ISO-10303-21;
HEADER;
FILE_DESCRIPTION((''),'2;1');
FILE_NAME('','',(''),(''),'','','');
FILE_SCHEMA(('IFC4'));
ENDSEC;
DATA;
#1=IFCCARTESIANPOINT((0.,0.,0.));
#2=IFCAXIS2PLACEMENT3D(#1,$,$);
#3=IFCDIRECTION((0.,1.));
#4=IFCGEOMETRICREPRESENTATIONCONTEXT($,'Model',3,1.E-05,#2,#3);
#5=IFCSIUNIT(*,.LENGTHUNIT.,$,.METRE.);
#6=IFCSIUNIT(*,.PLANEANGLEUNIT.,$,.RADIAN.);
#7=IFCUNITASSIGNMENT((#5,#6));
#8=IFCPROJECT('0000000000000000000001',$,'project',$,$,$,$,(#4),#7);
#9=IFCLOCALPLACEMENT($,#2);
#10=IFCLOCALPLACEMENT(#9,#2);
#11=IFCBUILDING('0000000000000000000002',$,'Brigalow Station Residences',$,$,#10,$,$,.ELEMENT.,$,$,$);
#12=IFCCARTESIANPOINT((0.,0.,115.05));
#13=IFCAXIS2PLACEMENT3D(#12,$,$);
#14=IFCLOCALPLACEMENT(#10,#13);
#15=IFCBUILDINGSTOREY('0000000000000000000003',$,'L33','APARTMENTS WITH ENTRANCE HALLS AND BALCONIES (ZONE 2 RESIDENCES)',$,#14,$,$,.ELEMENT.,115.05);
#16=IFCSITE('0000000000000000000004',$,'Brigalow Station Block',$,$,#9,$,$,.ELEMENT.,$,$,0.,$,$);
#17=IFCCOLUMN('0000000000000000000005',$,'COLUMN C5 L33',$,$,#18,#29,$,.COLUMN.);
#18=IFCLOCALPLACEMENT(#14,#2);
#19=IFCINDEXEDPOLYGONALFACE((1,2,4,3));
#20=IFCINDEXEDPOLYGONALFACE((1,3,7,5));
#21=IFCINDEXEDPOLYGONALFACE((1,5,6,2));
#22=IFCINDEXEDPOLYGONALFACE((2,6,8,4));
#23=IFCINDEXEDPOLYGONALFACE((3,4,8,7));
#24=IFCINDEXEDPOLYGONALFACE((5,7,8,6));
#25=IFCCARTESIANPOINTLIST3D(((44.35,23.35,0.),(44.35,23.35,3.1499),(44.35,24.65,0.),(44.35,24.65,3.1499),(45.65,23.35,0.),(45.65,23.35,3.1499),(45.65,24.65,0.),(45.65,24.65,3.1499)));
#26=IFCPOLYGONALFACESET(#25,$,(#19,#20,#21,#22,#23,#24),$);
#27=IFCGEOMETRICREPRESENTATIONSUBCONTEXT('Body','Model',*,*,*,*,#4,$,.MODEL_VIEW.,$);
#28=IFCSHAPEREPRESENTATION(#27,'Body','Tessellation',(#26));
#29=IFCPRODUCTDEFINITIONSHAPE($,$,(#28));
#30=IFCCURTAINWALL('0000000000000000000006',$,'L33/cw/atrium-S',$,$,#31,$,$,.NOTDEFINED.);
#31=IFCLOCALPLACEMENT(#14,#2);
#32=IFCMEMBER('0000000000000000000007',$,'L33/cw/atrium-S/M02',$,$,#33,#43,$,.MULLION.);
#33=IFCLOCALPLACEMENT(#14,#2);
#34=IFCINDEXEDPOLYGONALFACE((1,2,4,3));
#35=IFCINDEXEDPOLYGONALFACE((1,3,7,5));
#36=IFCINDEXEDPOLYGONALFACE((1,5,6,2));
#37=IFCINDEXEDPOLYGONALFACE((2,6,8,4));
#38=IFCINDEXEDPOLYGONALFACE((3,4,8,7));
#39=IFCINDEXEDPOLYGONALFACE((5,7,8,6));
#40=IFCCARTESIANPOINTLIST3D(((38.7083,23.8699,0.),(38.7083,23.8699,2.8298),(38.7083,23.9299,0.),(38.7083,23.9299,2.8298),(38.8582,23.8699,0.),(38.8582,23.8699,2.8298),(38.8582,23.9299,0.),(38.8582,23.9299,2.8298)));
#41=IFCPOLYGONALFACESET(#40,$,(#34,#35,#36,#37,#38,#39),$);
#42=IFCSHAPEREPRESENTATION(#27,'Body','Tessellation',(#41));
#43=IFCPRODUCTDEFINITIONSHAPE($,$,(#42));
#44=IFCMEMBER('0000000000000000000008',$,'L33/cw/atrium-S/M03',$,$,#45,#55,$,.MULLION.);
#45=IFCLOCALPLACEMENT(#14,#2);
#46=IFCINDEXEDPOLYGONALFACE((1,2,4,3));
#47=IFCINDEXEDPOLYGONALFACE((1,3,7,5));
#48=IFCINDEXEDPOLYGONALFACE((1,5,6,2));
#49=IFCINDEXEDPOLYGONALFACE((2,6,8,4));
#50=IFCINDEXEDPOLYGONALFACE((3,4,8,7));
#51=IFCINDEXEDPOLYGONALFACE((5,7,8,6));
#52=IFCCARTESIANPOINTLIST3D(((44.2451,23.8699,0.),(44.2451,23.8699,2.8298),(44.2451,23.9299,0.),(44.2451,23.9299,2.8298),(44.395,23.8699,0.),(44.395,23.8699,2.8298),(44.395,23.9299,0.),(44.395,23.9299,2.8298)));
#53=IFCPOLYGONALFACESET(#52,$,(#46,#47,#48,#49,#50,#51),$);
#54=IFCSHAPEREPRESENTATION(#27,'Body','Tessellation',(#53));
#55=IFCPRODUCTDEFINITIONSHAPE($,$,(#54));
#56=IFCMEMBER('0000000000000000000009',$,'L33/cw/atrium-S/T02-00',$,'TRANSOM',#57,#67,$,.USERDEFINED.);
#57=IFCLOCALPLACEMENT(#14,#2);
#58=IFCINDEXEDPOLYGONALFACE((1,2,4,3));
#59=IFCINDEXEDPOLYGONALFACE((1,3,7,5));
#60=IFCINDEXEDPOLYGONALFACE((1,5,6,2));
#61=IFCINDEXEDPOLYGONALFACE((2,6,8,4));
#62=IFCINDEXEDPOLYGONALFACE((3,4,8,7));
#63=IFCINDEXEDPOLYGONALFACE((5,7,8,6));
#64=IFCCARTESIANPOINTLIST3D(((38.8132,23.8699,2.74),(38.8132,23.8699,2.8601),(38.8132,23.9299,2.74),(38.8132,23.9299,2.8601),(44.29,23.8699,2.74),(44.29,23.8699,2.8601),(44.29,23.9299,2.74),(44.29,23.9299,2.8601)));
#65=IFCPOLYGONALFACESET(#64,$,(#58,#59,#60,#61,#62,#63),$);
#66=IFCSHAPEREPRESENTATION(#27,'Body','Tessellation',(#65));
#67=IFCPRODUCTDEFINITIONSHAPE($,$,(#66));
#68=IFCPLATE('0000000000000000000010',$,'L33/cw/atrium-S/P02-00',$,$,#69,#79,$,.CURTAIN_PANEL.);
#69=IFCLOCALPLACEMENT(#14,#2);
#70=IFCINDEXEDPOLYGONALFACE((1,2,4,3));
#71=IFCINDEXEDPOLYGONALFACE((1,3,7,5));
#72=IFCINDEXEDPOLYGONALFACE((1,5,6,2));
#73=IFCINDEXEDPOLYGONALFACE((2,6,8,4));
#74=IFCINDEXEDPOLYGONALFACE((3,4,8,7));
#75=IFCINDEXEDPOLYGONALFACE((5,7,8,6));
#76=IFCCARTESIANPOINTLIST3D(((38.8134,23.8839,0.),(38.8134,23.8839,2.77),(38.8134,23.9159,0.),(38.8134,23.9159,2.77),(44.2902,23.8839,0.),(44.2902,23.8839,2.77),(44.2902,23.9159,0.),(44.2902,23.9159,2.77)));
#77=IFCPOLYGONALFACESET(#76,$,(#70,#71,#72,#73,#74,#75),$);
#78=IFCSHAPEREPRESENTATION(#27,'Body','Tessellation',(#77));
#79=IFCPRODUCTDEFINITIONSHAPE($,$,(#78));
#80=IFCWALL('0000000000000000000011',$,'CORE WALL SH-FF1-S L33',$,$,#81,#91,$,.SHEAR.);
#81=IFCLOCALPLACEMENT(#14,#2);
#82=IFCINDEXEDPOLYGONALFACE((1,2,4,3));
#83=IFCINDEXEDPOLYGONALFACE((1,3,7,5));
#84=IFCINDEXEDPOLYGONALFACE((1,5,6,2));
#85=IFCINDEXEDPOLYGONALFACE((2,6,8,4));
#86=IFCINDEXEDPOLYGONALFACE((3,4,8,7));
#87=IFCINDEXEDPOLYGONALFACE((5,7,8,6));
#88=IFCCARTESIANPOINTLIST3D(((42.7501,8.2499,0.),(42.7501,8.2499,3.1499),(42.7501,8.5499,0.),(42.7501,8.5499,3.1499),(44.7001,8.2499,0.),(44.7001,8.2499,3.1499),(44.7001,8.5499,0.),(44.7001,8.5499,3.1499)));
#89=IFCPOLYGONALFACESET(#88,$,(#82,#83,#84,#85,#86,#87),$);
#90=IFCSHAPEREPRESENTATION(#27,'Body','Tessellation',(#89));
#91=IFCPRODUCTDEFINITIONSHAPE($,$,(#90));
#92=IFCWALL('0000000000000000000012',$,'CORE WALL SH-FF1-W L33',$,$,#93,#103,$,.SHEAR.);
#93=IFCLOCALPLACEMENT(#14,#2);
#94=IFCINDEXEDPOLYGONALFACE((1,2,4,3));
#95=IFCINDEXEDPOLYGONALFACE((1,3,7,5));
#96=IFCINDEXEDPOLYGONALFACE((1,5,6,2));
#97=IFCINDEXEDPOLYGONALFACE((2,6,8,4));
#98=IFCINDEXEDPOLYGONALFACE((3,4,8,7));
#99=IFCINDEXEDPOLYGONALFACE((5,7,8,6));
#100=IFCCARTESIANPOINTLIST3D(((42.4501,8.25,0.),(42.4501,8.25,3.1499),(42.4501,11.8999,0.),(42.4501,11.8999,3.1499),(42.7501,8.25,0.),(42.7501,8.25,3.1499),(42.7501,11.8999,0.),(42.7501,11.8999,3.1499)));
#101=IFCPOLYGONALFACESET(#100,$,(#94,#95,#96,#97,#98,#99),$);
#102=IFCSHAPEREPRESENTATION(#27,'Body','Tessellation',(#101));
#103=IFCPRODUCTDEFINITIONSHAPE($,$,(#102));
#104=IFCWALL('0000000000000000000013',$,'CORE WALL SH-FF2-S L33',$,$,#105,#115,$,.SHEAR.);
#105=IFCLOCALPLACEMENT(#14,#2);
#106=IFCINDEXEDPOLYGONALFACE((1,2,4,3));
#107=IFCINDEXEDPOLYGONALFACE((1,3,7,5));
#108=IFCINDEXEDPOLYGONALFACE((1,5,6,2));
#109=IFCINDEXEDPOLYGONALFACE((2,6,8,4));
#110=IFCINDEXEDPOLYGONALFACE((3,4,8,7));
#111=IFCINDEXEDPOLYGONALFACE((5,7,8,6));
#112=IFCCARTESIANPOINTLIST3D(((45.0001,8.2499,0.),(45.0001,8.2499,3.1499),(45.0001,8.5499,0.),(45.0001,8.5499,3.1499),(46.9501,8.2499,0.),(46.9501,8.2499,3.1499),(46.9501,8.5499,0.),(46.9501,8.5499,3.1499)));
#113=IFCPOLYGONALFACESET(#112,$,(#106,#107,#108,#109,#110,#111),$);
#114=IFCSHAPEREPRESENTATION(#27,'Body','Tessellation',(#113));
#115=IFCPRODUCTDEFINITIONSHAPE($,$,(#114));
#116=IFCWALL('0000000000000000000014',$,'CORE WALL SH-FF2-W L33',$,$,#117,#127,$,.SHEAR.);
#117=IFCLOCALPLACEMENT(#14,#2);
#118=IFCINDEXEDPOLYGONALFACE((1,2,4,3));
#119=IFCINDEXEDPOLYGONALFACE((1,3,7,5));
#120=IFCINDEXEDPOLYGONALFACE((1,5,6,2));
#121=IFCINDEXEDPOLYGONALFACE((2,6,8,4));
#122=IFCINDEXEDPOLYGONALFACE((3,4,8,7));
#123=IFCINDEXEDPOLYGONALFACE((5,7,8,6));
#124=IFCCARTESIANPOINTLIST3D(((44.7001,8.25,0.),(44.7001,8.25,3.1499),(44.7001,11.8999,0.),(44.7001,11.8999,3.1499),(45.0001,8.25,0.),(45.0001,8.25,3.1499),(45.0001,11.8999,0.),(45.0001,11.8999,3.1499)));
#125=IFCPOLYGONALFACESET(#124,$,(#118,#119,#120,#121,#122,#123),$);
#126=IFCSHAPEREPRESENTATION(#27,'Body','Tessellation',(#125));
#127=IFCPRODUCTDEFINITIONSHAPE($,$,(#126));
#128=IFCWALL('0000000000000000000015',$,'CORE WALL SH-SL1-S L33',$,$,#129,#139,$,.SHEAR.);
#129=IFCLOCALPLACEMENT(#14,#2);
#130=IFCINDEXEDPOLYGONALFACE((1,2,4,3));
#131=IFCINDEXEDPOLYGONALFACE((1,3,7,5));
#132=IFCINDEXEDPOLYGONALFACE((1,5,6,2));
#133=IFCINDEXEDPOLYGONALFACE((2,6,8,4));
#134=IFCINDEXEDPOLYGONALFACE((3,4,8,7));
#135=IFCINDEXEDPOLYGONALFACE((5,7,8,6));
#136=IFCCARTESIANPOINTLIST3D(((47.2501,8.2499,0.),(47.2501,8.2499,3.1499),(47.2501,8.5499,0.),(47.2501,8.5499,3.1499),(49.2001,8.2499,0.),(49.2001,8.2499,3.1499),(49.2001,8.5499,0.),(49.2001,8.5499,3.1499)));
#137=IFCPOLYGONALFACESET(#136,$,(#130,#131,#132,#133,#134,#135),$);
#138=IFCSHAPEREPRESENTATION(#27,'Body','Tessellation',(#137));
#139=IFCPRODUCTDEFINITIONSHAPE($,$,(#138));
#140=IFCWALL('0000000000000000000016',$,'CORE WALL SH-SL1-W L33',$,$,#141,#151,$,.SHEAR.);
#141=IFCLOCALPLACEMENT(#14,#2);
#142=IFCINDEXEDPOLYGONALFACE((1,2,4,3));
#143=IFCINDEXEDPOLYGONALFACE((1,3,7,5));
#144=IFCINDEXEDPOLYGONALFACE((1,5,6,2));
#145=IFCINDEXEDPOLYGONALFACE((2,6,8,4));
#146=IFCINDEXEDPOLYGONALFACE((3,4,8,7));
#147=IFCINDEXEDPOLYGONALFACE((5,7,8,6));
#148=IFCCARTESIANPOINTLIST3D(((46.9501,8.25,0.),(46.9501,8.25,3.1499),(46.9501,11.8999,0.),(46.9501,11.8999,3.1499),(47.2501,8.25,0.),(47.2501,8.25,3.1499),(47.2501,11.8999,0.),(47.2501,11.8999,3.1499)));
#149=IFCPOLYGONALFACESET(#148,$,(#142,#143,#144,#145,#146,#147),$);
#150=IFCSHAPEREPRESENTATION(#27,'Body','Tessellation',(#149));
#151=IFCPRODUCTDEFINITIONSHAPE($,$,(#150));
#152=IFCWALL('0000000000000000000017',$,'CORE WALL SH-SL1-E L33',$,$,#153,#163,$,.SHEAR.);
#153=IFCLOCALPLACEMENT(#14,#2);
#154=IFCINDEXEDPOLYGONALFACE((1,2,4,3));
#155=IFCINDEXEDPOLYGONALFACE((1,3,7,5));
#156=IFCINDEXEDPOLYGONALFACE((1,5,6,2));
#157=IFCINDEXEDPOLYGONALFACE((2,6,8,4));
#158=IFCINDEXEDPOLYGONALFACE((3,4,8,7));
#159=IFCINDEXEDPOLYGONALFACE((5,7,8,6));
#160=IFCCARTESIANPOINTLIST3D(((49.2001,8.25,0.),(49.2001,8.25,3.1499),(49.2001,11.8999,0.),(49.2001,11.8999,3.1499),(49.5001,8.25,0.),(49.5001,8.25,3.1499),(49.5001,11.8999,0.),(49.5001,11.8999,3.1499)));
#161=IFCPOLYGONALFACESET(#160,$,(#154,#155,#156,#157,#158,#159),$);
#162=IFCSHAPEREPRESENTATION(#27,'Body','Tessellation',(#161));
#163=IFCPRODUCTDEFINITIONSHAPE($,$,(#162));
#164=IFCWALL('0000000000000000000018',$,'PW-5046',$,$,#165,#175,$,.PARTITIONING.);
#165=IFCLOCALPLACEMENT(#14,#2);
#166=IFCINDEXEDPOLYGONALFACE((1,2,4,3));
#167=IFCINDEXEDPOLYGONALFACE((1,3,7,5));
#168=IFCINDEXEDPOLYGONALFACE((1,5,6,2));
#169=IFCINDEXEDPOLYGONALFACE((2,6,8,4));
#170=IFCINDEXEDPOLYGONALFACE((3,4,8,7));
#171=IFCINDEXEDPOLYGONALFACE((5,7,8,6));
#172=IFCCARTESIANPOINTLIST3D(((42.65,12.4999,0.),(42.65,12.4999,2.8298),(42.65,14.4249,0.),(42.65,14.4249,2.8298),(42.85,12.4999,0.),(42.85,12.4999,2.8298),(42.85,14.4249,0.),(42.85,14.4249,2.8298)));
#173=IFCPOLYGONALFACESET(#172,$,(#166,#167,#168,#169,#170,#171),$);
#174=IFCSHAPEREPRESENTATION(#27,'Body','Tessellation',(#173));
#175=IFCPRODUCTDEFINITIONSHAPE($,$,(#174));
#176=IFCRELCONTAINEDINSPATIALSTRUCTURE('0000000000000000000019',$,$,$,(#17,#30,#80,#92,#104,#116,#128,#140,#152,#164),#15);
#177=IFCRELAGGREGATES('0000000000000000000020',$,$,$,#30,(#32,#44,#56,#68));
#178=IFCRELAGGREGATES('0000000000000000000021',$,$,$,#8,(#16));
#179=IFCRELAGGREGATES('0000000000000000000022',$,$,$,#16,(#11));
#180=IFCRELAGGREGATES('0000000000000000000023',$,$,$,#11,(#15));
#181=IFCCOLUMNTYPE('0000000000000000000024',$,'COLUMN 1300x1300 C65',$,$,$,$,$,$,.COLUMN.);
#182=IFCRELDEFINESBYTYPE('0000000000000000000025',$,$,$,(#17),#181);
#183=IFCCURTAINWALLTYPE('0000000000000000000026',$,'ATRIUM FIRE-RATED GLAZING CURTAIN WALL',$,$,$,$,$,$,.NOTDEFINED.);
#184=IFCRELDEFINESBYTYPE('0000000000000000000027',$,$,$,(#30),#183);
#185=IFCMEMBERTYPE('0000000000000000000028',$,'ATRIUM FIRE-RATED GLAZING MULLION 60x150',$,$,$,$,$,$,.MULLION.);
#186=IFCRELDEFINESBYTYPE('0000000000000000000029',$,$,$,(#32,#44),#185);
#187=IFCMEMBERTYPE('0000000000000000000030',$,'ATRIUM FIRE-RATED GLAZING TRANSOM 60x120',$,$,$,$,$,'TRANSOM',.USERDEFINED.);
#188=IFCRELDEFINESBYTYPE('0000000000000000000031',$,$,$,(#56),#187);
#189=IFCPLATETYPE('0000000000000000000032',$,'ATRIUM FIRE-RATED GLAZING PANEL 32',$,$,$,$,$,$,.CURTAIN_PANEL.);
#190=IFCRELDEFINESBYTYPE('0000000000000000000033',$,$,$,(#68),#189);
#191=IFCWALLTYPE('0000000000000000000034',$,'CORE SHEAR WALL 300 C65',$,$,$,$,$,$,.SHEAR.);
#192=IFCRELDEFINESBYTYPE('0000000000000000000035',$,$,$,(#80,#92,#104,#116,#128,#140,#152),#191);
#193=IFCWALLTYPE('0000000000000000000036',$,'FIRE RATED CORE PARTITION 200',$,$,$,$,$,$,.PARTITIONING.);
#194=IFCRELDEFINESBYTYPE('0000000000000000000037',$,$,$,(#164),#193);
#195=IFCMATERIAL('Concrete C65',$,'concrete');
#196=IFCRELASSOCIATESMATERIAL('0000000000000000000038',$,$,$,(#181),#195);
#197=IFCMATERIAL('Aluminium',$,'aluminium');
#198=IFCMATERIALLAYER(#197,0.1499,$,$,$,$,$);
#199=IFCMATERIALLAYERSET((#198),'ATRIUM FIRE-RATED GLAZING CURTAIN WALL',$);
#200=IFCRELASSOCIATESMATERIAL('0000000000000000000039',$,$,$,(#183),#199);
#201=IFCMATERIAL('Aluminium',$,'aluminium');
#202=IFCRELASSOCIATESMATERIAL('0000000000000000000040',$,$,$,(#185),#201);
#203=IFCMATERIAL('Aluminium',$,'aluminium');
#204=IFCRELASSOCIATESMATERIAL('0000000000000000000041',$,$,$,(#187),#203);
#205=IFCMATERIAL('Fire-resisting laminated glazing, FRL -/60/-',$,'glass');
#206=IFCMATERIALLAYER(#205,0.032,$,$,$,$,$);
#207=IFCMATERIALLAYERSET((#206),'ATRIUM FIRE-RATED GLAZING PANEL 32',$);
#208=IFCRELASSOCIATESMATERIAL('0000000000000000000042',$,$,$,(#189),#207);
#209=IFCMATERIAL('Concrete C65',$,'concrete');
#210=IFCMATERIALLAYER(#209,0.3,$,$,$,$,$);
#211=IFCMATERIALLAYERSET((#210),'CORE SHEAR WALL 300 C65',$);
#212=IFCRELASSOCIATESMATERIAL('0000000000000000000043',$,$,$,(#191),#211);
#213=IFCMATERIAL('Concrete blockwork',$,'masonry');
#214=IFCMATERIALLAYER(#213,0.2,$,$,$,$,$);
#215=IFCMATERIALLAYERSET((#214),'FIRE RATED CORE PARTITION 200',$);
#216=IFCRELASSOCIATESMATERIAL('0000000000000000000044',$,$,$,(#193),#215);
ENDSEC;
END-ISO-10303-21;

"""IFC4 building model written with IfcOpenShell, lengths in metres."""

from ifc_helpers import new_model, si_unit, direction, frame, frame_2d, origin, origin_2d, place, context, subcontext, project, spatial, rectangle, extrude, material, layer, layer_set, material_profile, profile_set, type_object, element, aggregate, save


model = new_model("IFC4")

# Units and contexts
model_context = context("Model", 3, precision=1e-05, world=origin(), true_north=direction((0.0, 1.0)))
body_context = subcontext(model_context, "Body", "Model", "MODEL_VIEW")
ifc_project = project(units=[si_unit("LENGTHUNIT", "METRE"), si_unit("PLANEANGLEUNIT", "RADIAN")], contexts=[model_context])

# Site, building, storey
site_placement = place(None, origin())
site = spatial("IfcSite", under=ifc_project, at=site_placement, Name="Brigalow Station Block", CompositionType="ELEMENT", RefElevation=0.0)
building_placement = place(site_placement, origin())
building = spatial("IfcBuilding", under=site, at=building_placement, Name="Brigalow Station Residences", CompositionType="ELEMENT")
storey_placement = place(building_placement, frame((0.0, 0.0, 115.05)))
storey = spatial("IfcBuildingStorey", under=building, at=storey_placement, Name="L33", Description="APARTMENTS WITH ENTRANCE HALLS AND BALCONIES (ZONE 2 RESIDENCES)", CompositionType="ELEMENT", Elevation=115.05)

# Column
ifc_material_1 = material(Name="Concrete C65", Category="concrete")
ifc_material_profile_1 = material_profile(ifc_material_1, rectangle(XDim=1.3, YDim=1.3, at=origin_2d()), Name="RC1300x1300")
ifc_profile_set_1 = profile_set([ifc_material_profile_1], Name="Concrete C65")
column_type = type_object("IfcColumnType", Name="COLUMN 1300x1300 C65", PredefinedType="COLUMN", material=ifc_profile_set_1)
column_placement = place(storey_placement, frame((45.0, 24.0, 0.0), z_axis=(0.0, 0.0, 1.0), x_axis=(1.0, 0.0, 0.0)))
element("IfcColumn", 1, at=column_placement, inside=storey, type_object=column_type, Name="COLUMN C5 L33", PredefinedType="COLUMN", context=body_context, shape_type="SweptSolid", body=[
    extrude(rectangle(XDim=1.3, YDim=1.3, at=origin_2d()), origin(), (0.0, 0.0, 1.0), 3.1499),
])

# Curtain wall, members, plate
ifc_material_2 = material(Name="Aluminium", Category="aluminium")
ifc_layer_1 = layer(ifc_material_2, 0.1499)
ifc_layer_set_1 = layer_set([ifc_layer_1], Name="ATRIUM FIRE-RATED GLAZING CURTAIN WALL")
curtain_wall_type = type_object("IfcCurtainWallType", Name="ATRIUM FIRE-RATED GLAZING CURTAIN WALL", PredefinedType="NOTDEFINED", material=ifc_layer_set_1)
curtain_wall_placement = place(storey_placement, origin())
curtain_wall = element("IfcCurtainWall", 2, at=curtain_wall_placement, inside=storey, type_object=curtain_wall_type, Name="L33/cw/atrium-S", PredefinedType="NOTDEFINED")
ifc_material_3 = material(Name="Aluminium", Category="aluminium")
ifc_material_profile_2 = material_profile(ifc_material_3, rectangle(XDim=0.0601, YDim=0.1499, at=origin_2d()), Name="ATRIUM FIRE-RATED GLAZING MULLION 60x150")
ifc_profile_set_2 = profile_set([ifc_material_profile_2], Name="Aluminium")
member_type_1 = type_object("IfcMemberType", Name="ATRIUM FIRE-RATED GLAZING MULLION 60x150", PredefinedType="MULLION", material=ifc_profile_set_2)
member_1_placement = place(storey_placement, frame((38.7832, 23.8999, 0.0), z_axis=(0.0, 0.0, 1.0), x_axis=(0.0, 1.0, 0.0)))
member_1 = element("IfcMember", 3, at=member_1_placement, type_object=member_type_1, Name="L33/cw/atrium-S/M02", PredefinedType="MULLION", context=body_context, shape_type="SweptSolid", body=[
    extrude(rectangle(XDim=0.0601, YDim=0.1499, at=origin_2d()), origin(), (0.0, 0.0, 1.0), 2.8298),
])
member_2_placement = place(storey_placement, frame((44.3201, 23.8999, 0.0), z_axis=(0.0, 0.0, 1.0), x_axis=(0.0, 1.0, 0.0)))
member_2 = element("IfcMember", 4, at=member_2_placement, type_object=member_type_1, Name="L33/cw/atrium-S/M03", PredefinedType="MULLION", context=body_context, shape_type="SweptSolid", body=[
    extrude(rectangle(XDim=0.0601, YDim=0.1499, at=origin_2d()), origin(), (0.0, 0.0, 1.0), 2.8298),
])
ifc_material_4 = material(Name="Aluminium", Category="aluminium")
ifc_material_profile_3 = material_profile(ifc_material_4, rectangle(XDim=0.0601, YDim=0.1201, at=origin_2d()), Name="ATRIUM FIRE-RATED GLAZING TRANSOM 60x120")
ifc_profile_set_3 = profile_set([ifc_material_profile_3], Name="Aluminium")
member_type_2 = type_object("IfcMemberType", Name="ATRIUM FIRE-RATED GLAZING TRANSOM 60x120", ElementType="TRANSOM", PredefinedType="USERDEFINED", material=ifc_profile_set_3)
member_3_placement = place(storey_placement, frame((38.8132, 23.8999, 2.8), z_axis=(1.0, 0.0, 0.0), x_axis=(0.0, 1.0, 0.0)))
member_3 = element("IfcMember", 5, at=member_3_placement, type_object=member_type_2, Name="L33/cw/atrium-S/T02-00", ObjectType="TRANSOM", PredefinedType="USERDEFINED", context=body_context, shape_type="SweptSolid", body=[
    extrude(rectangle(XDim=0.0601, YDim=0.1201, at=origin_2d()), origin(), (0.0, 0.0, 1.0), 5.4768),
])
ifc_material_5 = material(Name="Fire-resisting laminated glazing, FRL -/60/-", Category="glass")
ifc_layer_2 = layer(ifc_material_5, 0.032)
ifc_layer_set_2 = layer_set([ifc_layer_2], Name="ATRIUM FIRE-RATED GLAZING PANEL 32")
plate_type = type_object("IfcPlateType", Name="ATRIUM FIRE-RATED GLAZING PANEL 32", PredefinedType="CURTAIN_PANEL", material=ifc_layer_set_2)
plate_placement = place(storey_placement, frame((41.5518, 23.8999, 0.0), z_axis=(0.0, 0.0, 1.0), x_axis=(1.0, 0.0, 0.0)))
plate = element("IfcPlate", 6, at=plate_placement, type_object=plate_type, Name="L33/cw/atrium-S/P02-00", PredefinedType="CURTAIN_PANEL", context=body_context, shape_type="SweptSolid", body=[
    extrude(rectangle(XDim=5.4768, YDim=0.032, at=origin_2d()), origin(), (0.0, 0.0, 1.0), 2.77),
])
aggregate(curtain_wall, [member_1, member_2, member_3, plate])

# Walls
ifc_material_6 = material(Name="Concrete C65", Category="concrete")
ifc_layer_3 = layer(ifc_material_6, 0.3)
ifc_layer_set_3 = layer_set([ifc_layer_3], Name="CORE SHEAR WALL 300 C65")
wall_type_1 = type_object("IfcWallType", Name="CORE SHEAR WALL 300 C65", PredefinedType="SHEAR", material=ifc_layer_set_3)
wall_1_placement = place(storey_placement, frame((42.75, 8.3999, 0.0), z_axis=(0.0, 0.0, 1.0), x_axis=(1.0, 0.0, 0.0)))
element("IfcWall", 7, at=wall_1_placement, inside=storey, type_object=wall_type_1, Name="CORE WALL SH-FF1-S L33", PredefinedType="SHEAR", context=body_context, shape_type="SweptSolid", body=[
    extrude(rectangle(XDim=1.95, YDim=0.3, at=frame_2d((0.9751, 0.0))), origin(), (0.0, 0.0, 1.0), 3.1499),
])
wall_2_placement = place(storey_placement, frame((42.6001, 8.25, 0.0), z_axis=(0.0, 0.0, 1.0), x_axis=(0.0, 1.0, 0.0)))
element("IfcWall", 8, at=wall_2_placement, inside=storey, type_object=wall_type_1, Name="CORE WALL SH-FF1-W L33", PredefinedType="SHEAR", context=body_context, shape_type="SweptSolid", body=[
    extrude(rectangle(XDim=3.6499, YDim=0.3, at=frame_2d((1.825, 0.0))), origin(), (0.0, 0.0, 1.0), 3.1499),
])
wall_3_placement = place(storey_placement, frame((45.0, 8.3999, 0.0), z_axis=(0.0, 0.0, 1.0), x_axis=(1.0, 0.0, 0.0)))
element("IfcWall", 9, at=wall_3_placement, inside=storey, type_object=wall_type_1, Name="CORE WALL SH-FF2-S L33", PredefinedType="SHEAR", context=body_context, shape_type="SweptSolid", body=[
    extrude(rectangle(XDim=1.95, YDim=0.3, at=frame_2d((0.9751, 0.0))), origin(), (0.0, 0.0, 1.0), 3.1499),
])
wall_4_placement = place(storey_placement, frame((44.8501, 8.25, 0.0), z_axis=(0.0, 0.0, 1.0), x_axis=(0.0, 1.0, 0.0)))
element("IfcWall", 10, at=wall_4_placement, inside=storey, type_object=wall_type_1, Name="CORE WALL SH-FF2-W L33", PredefinedType="SHEAR", context=body_context, shape_type="SweptSolid", body=[
    extrude(rectangle(XDim=3.6499, YDim=0.3, at=frame_2d((1.825, 0.0))), origin(), (0.0, 0.0, 1.0), 3.1499),
])
wall_5_placement = place(storey_placement, frame((47.25, 8.3999, 0.0), z_axis=(0.0, 0.0, 1.0), x_axis=(1.0, 0.0, 0.0)))
element("IfcWall", 11, at=wall_5_placement, inside=storey, type_object=wall_type_1, Name="CORE WALL SH-SL1-S L33", PredefinedType="SHEAR", context=body_context, shape_type="SweptSolid", body=[
    extrude(rectangle(XDim=1.95, YDim=0.3, at=frame_2d((0.9751, 0.0))), origin(), (0.0, 0.0, 1.0), 3.1499),
])
for number, where, z_axis, x_axis, name in (
    (12, (47.1001, 8.25, 0.0), (0.0, 0.0, 1.0), (0.0, 1.0, 0.0), "CORE WALL SH-SL1-W L33"),
    (13, (49.3501, 8.25, 0.0), (0.0, 0.0, 1.0), (0.0, 1.0, 0.0), "CORE WALL SH-SL1-E L33"),
):
    element("IfcWall", number, at=place(storey_placement, frame(where, z_axis=z_axis, x_axis=x_axis)), inside=storey, type_object=wall_type_1, Name=name, PredefinedType="SHEAR", context=body_context, shape_type="SweptSolid", body=[
        extrude(rectangle(XDim=3.6499, YDim=0.3, at=frame_2d((1.825, 0.0))), origin(), (0.0, 0.0, 1.0), 3.1499),
    ])
ifc_material_7 = material(Name="Concrete blockwork", Category="masonry")
ifc_layer_4 = layer(ifc_material_7, 0.2)
ifc_layer_set_4 = layer_set([ifc_layer_4], Name="FIRE RATED CORE PARTITION 200")
wall_type_2 = type_object("IfcWallType", Name="FIRE RATED CORE PARTITION 200", PredefinedType="PARTITIONING", material=ifc_layer_set_4)
wall_6_placement = place(storey_placement, frame((42.75, 12.5, 0.0), z_axis=(0.0, 0.0, 1.0), x_axis=(0.0, 1.0, 0.0)))
element("IfcWall", 14, at=wall_6_placement, inside=storey, type_object=wall_type_2, Name="PW-5046", PredefinedType="PARTITIONING", context=body_context, shape_type="SweptSolid", body=[
    extrude(rectangle(XDim=1.925, YDim=0.2, at=frame_2d((0.9624, 0.0))), origin(), (0.0, 0.0, 1.0), 2.8298),
])

save(model, "model.ifc")
